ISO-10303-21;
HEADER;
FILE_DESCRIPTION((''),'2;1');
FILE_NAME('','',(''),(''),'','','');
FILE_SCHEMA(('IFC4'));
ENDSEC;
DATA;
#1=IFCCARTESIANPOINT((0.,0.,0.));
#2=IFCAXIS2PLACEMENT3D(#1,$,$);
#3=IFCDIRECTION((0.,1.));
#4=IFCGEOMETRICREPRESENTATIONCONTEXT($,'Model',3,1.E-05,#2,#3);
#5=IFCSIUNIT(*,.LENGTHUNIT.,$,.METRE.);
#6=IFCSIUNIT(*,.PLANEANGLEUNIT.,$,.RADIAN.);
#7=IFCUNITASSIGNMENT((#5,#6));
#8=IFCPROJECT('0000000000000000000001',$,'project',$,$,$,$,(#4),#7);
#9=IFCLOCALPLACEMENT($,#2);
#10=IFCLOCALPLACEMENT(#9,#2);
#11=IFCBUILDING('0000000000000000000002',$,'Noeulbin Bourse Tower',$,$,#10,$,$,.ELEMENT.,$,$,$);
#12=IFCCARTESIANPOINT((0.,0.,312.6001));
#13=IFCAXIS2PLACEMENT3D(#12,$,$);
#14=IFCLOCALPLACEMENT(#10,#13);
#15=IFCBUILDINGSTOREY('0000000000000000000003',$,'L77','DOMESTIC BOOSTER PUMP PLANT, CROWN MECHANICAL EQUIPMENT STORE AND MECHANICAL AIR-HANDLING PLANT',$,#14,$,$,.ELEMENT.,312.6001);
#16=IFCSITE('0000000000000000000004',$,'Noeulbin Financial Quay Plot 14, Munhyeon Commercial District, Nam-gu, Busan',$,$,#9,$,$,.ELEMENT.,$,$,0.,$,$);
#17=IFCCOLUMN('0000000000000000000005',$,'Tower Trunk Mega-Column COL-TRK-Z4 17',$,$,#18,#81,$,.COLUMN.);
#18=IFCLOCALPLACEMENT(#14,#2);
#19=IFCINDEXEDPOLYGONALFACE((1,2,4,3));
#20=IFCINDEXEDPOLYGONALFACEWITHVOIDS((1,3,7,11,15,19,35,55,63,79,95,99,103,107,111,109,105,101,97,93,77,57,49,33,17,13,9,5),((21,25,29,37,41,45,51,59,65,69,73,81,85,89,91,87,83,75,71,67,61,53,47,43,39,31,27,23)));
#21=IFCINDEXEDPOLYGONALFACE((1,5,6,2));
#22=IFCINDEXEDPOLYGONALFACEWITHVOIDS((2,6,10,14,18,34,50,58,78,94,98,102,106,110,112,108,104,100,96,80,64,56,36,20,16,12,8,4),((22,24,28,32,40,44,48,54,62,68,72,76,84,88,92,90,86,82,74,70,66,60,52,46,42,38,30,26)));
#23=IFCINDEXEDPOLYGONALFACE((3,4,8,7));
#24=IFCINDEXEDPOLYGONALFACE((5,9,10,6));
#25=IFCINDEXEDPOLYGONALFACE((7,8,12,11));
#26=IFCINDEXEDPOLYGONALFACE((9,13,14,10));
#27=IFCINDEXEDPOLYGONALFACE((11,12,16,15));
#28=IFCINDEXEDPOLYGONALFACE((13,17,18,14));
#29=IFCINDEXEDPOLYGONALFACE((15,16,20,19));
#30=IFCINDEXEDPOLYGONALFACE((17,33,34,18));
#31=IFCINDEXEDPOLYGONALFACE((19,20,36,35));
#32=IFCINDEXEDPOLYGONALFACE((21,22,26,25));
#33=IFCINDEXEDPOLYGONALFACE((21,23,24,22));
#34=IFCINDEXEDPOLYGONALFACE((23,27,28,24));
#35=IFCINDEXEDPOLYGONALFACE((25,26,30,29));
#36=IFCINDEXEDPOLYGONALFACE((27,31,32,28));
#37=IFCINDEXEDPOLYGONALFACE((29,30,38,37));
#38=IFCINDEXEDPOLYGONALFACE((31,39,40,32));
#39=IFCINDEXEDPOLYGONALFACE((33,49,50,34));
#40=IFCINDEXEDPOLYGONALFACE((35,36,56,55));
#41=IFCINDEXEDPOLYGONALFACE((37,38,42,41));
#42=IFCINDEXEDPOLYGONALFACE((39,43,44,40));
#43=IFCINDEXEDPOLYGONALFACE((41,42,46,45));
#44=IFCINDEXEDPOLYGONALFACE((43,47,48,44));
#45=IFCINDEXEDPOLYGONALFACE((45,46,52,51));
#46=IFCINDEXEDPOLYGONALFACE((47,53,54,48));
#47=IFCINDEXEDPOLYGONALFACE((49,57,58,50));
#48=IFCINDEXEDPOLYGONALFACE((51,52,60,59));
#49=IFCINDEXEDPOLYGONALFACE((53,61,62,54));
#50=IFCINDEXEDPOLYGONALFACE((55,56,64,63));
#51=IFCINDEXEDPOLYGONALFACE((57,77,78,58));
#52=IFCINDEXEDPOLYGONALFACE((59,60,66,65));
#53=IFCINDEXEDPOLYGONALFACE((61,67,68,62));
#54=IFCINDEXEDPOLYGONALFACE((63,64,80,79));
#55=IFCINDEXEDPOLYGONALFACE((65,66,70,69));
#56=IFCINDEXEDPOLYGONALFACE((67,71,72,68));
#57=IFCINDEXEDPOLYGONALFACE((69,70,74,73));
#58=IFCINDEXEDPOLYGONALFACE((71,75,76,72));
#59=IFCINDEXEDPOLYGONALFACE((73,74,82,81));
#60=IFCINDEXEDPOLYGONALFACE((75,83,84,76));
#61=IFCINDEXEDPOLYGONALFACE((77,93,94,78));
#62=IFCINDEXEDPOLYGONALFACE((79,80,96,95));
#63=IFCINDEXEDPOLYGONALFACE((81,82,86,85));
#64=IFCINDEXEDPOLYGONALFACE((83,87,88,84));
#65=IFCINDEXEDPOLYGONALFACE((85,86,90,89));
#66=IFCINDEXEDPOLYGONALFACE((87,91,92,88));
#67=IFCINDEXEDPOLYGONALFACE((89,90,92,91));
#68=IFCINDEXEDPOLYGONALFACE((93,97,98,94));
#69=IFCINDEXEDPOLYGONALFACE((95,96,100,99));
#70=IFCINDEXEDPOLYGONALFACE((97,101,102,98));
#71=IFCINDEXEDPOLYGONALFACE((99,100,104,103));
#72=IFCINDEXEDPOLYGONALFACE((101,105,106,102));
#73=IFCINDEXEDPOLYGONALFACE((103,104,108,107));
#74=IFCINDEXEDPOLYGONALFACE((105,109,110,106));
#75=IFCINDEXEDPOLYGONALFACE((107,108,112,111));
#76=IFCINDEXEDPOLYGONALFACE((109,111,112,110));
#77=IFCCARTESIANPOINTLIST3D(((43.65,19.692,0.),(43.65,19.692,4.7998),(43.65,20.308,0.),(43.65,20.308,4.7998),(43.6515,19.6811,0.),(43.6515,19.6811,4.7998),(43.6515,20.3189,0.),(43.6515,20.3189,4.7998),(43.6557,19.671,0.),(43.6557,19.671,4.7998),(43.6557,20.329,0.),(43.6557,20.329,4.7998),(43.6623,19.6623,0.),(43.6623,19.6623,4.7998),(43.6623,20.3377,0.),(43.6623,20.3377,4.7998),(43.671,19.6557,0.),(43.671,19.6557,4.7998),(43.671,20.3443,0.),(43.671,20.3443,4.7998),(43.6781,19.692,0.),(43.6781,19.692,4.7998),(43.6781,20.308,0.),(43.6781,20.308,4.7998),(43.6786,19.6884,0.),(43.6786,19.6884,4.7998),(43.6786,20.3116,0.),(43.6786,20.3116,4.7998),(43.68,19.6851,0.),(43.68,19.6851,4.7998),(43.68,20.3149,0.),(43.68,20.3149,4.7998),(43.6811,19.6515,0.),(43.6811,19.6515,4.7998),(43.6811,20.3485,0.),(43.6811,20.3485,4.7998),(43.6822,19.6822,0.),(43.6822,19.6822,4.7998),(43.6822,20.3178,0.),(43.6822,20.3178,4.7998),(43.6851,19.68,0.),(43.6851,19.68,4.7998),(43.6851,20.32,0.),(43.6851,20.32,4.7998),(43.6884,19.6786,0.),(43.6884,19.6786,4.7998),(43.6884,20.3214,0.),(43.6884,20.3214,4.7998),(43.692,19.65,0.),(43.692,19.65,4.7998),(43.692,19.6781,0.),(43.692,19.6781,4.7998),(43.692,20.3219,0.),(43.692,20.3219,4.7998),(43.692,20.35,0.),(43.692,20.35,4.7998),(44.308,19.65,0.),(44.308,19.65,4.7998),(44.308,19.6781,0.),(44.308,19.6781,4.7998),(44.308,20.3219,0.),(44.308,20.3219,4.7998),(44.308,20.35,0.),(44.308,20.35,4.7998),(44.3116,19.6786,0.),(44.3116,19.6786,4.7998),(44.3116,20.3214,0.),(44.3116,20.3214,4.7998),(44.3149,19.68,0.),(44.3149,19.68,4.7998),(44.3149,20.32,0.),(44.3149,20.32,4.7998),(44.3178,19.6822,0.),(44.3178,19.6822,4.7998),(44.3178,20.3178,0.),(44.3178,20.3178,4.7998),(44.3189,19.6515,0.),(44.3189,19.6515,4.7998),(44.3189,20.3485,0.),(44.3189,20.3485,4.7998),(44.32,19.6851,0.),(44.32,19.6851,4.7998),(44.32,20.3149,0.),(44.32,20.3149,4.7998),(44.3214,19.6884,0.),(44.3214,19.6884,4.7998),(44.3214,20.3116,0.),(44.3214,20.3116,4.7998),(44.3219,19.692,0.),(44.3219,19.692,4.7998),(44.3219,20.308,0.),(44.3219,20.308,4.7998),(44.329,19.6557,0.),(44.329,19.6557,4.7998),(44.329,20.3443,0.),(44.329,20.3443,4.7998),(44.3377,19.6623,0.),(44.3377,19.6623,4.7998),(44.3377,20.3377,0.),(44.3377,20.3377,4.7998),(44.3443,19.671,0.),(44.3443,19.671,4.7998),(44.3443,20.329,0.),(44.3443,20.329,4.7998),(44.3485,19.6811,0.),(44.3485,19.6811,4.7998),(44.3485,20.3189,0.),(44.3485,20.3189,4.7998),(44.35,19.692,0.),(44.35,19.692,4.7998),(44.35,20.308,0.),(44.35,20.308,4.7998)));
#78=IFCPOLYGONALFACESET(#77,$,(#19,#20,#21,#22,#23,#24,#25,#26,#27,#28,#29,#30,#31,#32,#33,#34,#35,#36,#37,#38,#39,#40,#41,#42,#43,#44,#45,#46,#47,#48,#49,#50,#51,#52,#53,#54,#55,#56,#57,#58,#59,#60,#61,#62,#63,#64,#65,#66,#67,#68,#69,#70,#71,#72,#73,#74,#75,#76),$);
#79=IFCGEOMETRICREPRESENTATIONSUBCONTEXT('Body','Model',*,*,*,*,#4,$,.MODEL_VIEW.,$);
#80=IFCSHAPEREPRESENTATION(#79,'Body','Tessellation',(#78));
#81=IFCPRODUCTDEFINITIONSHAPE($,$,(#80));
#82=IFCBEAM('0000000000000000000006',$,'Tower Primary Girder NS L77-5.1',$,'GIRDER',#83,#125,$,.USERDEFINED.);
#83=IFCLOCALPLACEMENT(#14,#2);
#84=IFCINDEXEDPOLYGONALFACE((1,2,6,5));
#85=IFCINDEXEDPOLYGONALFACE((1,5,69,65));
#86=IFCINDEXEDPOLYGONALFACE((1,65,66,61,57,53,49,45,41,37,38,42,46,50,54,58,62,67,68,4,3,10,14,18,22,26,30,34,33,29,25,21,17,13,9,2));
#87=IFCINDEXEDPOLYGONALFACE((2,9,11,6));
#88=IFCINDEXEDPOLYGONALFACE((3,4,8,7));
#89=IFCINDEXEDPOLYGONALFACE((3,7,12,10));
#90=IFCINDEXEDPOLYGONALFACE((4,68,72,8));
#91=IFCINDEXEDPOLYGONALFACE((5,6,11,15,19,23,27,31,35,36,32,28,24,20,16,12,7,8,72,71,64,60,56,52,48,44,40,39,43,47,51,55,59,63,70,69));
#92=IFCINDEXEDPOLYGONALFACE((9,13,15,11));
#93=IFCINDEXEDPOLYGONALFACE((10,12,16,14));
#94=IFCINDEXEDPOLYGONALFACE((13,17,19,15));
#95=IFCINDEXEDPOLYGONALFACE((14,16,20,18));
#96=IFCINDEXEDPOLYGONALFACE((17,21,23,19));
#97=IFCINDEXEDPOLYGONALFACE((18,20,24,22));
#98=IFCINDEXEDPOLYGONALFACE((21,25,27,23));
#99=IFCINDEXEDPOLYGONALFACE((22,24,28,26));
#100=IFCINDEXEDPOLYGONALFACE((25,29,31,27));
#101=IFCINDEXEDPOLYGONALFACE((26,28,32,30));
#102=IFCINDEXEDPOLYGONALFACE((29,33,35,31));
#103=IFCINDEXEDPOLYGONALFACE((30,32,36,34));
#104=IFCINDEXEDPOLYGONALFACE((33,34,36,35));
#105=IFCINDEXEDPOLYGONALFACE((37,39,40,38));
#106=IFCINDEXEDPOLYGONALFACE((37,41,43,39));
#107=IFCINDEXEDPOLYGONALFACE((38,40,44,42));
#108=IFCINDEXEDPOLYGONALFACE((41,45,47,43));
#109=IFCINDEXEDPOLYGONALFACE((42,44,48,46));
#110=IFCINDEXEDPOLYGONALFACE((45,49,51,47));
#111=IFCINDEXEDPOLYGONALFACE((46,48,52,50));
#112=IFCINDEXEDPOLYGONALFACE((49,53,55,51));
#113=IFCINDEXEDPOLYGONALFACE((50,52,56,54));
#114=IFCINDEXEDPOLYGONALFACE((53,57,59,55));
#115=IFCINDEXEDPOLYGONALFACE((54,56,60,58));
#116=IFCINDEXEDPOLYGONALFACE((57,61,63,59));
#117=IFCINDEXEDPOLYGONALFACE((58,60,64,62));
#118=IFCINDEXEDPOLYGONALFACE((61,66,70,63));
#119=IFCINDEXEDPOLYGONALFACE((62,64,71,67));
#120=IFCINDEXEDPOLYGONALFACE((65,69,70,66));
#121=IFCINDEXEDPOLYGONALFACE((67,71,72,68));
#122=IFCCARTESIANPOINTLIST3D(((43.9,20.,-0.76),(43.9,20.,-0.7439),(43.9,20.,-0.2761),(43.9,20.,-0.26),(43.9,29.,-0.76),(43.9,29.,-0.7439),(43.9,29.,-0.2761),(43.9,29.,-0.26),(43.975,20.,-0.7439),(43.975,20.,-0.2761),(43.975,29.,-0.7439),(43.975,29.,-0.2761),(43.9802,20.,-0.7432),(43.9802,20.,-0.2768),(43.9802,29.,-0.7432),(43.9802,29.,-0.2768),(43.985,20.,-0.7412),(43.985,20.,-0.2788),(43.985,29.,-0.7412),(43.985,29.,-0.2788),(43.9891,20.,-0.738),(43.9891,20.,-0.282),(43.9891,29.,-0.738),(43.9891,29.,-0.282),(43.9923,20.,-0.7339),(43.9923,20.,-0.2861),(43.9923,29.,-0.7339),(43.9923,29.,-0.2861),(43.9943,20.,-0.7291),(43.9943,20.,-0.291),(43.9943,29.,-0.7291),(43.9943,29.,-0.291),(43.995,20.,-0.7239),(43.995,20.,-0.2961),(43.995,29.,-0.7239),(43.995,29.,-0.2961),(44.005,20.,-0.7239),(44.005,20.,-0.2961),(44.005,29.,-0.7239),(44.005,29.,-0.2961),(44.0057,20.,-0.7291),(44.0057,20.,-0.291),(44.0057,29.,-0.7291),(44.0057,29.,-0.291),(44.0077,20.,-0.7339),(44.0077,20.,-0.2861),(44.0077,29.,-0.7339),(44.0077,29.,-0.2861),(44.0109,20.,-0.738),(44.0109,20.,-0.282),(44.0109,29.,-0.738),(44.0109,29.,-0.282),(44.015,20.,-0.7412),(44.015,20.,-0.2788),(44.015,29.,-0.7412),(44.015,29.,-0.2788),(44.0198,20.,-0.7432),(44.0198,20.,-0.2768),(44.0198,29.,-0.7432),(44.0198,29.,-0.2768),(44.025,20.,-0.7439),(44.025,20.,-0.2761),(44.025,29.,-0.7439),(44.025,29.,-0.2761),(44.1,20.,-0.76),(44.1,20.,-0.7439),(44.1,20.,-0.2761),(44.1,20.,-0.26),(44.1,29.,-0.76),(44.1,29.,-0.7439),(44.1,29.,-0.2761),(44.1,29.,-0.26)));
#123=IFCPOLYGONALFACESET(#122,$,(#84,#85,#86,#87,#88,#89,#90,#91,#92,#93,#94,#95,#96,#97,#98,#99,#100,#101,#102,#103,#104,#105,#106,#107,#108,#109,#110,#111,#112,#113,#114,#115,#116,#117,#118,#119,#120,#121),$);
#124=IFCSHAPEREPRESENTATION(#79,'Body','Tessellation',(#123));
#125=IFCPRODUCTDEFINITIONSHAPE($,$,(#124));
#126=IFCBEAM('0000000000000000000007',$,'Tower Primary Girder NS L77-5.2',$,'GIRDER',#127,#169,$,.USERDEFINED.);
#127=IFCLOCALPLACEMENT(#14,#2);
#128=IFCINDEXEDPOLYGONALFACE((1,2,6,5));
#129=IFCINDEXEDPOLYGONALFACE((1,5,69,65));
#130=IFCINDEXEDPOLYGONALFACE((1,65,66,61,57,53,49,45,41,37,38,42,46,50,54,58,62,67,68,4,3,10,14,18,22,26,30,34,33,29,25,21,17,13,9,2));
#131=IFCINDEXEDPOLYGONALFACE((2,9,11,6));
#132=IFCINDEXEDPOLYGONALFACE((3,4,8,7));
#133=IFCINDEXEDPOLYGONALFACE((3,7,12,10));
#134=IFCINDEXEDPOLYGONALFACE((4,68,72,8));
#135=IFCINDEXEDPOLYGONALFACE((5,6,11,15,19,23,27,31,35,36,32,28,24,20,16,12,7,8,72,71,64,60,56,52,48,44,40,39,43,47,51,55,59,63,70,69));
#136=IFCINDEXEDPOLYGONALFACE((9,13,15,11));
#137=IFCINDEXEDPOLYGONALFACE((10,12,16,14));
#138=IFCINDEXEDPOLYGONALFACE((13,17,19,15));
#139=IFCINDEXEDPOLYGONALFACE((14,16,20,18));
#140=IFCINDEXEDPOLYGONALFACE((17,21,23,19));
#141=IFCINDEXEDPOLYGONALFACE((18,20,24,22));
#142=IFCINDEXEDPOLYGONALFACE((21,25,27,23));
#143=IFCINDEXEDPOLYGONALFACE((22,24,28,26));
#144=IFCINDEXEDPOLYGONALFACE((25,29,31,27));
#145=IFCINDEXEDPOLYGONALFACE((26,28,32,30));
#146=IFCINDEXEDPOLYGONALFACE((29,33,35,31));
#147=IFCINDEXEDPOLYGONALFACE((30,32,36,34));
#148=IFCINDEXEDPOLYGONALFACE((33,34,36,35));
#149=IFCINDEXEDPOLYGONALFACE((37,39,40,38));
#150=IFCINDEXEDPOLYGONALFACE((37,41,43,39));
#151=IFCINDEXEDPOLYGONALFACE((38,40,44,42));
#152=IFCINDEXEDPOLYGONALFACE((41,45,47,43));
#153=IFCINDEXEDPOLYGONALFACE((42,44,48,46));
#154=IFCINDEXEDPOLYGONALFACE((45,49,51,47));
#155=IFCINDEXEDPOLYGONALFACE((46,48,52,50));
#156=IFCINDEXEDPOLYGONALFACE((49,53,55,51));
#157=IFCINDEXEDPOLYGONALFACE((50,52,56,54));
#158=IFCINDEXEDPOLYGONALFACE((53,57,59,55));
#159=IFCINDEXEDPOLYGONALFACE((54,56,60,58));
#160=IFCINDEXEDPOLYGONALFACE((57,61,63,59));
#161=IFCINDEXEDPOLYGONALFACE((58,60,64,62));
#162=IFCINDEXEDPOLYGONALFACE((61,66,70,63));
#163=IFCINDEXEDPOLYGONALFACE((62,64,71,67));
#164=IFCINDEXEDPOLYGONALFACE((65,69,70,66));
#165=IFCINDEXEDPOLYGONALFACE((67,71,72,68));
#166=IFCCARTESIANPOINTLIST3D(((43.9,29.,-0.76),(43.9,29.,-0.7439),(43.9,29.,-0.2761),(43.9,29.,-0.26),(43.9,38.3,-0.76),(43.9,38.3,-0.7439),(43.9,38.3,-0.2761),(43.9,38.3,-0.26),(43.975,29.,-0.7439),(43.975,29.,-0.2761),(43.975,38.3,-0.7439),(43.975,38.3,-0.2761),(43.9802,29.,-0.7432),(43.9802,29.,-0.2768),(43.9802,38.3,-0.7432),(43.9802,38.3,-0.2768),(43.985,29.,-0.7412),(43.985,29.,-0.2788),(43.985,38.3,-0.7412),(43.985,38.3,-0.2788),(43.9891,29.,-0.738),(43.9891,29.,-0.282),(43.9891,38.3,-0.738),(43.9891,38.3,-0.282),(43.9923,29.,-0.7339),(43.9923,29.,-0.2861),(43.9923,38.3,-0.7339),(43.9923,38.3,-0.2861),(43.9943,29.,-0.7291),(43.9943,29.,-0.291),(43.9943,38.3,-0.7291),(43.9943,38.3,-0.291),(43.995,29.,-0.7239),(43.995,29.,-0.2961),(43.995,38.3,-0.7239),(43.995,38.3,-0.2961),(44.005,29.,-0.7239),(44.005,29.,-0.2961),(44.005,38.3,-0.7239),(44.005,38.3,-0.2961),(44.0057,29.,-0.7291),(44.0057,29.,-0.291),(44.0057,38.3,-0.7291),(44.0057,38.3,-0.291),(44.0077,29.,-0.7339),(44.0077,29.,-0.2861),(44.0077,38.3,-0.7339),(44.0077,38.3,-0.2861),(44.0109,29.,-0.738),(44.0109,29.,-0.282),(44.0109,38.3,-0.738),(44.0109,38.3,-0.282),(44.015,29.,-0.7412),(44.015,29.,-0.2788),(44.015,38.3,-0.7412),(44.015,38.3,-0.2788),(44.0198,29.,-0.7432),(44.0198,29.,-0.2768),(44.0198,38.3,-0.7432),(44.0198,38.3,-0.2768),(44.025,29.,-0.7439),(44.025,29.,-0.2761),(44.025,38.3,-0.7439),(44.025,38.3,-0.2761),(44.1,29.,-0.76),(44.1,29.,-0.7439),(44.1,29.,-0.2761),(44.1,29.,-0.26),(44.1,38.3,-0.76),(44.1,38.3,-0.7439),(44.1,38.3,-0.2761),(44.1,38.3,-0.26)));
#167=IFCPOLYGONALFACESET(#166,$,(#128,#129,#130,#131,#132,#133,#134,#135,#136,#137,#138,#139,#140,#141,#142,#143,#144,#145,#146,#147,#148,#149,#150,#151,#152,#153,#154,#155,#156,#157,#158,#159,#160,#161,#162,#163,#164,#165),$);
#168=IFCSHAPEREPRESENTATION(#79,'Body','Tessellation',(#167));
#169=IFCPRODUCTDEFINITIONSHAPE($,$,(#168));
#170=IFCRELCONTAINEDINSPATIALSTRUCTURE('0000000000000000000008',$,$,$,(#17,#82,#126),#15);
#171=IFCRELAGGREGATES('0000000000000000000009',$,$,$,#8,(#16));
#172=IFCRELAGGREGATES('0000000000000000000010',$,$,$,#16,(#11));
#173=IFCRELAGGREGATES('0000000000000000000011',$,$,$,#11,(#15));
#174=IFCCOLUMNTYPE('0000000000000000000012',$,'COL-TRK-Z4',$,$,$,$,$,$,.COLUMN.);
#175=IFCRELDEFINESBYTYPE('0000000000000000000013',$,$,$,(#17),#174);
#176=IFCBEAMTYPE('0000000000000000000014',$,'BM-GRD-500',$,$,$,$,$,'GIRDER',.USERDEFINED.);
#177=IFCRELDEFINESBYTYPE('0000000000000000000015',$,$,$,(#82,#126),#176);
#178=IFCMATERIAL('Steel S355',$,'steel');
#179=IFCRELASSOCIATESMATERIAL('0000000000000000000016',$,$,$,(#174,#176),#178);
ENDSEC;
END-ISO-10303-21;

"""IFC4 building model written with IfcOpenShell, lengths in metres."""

from ifc_helpers import new_model, si_unit, direction, frame, origin, origin_2d, place, context, subcontext, project, spatial, hollow_rectangle, i_section, extrude, material, material_profile, profile_set, type_object, element, save


model = new_model("IFC4")

# Units and contexts
model_context = context("Model", 3, precision=1e-05, world=origin(), true_north=direction((0.0, 1.0)))
body_context = subcontext(model_context, "Body", "Model", "MODEL_VIEW")
ifc_project = project(units=[si_unit("LENGTHUNIT", "METRE"), si_unit("PLANEANGLEUNIT", "RADIAN")], contexts=[model_context])

# Site, building, storey
site_placement = place(None, origin())
site = spatial("IfcSite", under=ifc_project, at=site_placement, Name="Noeulbin Financial Quay Plot 14, Munhyeon Commercial District, Nam-gu, Busan", CompositionType="ELEMENT", RefElevation=0.0)
building_placement = place(site_placement, origin())
building = spatial("IfcBuilding", under=site, at=building_placement, Name="Noeulbin Bourse Tower", CompositionType="ELEMENT")
storey_placement = place(building_placement, frame((0.0, 0.0, 312.6001)))
storey = spatial("IfcBuildingStorey", under=building, at=storey_placement, Name="L77", Description="DOMESTIC BOOSTER PUMP PLANT, CROWN MECHANICAL EQUIPMENT STORE AND MECHANICAL AIR-HANDLING PLANT", CompositionType="ELEMENT", Elevation=312.6001)

# Column
ifc_material_1 = material(Name="Steel S355", Category="steel")
ifc_material_profile_1 = material_profile(ifc_material_1, hollow_rectangle(XDim=0.7, YDim=0.7, WallThickness=0.0281, InnerFilletRadius=0.0139, OuterFilletRadius=0.042, at=origin_2d()), Name="BOX-700x700x28", Category="LoadBearing")
ifc_profile_set_1 = profile_set([ifc_material_profile_1], Name="Steel S355")
column_type_1 = type_object("IfcColumnType", Name="COL-TRK-Z4", PredefinedType="COLUMN", material=ifc_profile_set_1)
for number, where, z_axis, x_axis, name in (
    (1, (44.0, 20.0, 0.0), (0.0, 0.0, 1.0), (1.0, 0.0, 0.0), "Tower Trunk Mega-Column COL-TRK-Z4 17"),
):
    element("IfcColumn", number, at=place(storey_placement, frame(where, z_axis=z_axis, x_axis=x_axis)), inside=storey, type_object=column_type_1, Name=name, PredefinedType="COLUMN", context=body_context, shape_type="SweptSolid", body=[
        extrude(hollow_rectangle(XDim=0.7, YDim=0.7, WallThickness=0.0281, InnerFilletRadius=0.0139, OuterFilletRadius=0.042, at=origin_2d()), origin(), (0.0, 0.0, 1.0), 4.7998),
    ])

# Beams
ifc_material_profile_2 = material_profile(ifc_material_1, i_section(OverallWidth=0.2, OverallDepth=0.5, WebThickness=0.01, FlangeThickness=0.0161, FilletRadius=0.02, at=origin_2d()), Name="H-500x200x10x16", Category="LoadBearing")
ifc_profile_set_2 = profile_set([ifc_material_profile_2], Name="Steel S355")
beam_type_1 = type_object("IfcBeamType", Name="BM-GRD-500", ElementType="GIRDER", PredefinedType="USERDEFINED", material=ifc_profile_set_2)
beam_1_placement = place(storey_placement, frame((44.0, 20.0, -0.51), z_axis=(0.0, 1.0, 0.0), x_axis=(-1.0, 0.0, 0.0)))
element("IfcBeam", 2, at=beam_1_placement, inside=storey, type_object=beam_type_1, Name="Tower Primary Girder NS L77-5.1", ObjectType="GIRDER", PredefinedType="USERDEFINED", context=body_context, shape_type="SweptSolid", body=[
    extrude(i_section(OverallWidth=0.2, OverallDepth=0.5, WebThickness=0.01, FlangeThickness=0.0161, FilletRadius=0.02, at=origin_2d()), origin(), (0.0, 0.0, 1.0), 9.0),
])
beam_2_placement = place(storey_placement, frame((44.0, 29.0, -0.51), z_axis=(0.0, 1.0, 0.0), x_axis=(-1.0, 0.0, 0.0)))
element("IfcBeam", 3, at=beam_2_placement, inside=storey, type_object=beam_type_1, Name="Tower Primary Girder NS L77-5.2", ObjectType="GIRDER", PredefinedType="USERDEFINED", context=body_context, shape_type="SweptSolid", body=[
    extrude(i_section(OverallWidth=0.2, OverallDepth=0.5, WebThickness=0.01, FlangeThickness=0.0161, FilletRadius=0.02, at=origin_2d()), origin(), (0.0, 0.0, 1.0), 9.3),
])

save(model, "model.ifc")
